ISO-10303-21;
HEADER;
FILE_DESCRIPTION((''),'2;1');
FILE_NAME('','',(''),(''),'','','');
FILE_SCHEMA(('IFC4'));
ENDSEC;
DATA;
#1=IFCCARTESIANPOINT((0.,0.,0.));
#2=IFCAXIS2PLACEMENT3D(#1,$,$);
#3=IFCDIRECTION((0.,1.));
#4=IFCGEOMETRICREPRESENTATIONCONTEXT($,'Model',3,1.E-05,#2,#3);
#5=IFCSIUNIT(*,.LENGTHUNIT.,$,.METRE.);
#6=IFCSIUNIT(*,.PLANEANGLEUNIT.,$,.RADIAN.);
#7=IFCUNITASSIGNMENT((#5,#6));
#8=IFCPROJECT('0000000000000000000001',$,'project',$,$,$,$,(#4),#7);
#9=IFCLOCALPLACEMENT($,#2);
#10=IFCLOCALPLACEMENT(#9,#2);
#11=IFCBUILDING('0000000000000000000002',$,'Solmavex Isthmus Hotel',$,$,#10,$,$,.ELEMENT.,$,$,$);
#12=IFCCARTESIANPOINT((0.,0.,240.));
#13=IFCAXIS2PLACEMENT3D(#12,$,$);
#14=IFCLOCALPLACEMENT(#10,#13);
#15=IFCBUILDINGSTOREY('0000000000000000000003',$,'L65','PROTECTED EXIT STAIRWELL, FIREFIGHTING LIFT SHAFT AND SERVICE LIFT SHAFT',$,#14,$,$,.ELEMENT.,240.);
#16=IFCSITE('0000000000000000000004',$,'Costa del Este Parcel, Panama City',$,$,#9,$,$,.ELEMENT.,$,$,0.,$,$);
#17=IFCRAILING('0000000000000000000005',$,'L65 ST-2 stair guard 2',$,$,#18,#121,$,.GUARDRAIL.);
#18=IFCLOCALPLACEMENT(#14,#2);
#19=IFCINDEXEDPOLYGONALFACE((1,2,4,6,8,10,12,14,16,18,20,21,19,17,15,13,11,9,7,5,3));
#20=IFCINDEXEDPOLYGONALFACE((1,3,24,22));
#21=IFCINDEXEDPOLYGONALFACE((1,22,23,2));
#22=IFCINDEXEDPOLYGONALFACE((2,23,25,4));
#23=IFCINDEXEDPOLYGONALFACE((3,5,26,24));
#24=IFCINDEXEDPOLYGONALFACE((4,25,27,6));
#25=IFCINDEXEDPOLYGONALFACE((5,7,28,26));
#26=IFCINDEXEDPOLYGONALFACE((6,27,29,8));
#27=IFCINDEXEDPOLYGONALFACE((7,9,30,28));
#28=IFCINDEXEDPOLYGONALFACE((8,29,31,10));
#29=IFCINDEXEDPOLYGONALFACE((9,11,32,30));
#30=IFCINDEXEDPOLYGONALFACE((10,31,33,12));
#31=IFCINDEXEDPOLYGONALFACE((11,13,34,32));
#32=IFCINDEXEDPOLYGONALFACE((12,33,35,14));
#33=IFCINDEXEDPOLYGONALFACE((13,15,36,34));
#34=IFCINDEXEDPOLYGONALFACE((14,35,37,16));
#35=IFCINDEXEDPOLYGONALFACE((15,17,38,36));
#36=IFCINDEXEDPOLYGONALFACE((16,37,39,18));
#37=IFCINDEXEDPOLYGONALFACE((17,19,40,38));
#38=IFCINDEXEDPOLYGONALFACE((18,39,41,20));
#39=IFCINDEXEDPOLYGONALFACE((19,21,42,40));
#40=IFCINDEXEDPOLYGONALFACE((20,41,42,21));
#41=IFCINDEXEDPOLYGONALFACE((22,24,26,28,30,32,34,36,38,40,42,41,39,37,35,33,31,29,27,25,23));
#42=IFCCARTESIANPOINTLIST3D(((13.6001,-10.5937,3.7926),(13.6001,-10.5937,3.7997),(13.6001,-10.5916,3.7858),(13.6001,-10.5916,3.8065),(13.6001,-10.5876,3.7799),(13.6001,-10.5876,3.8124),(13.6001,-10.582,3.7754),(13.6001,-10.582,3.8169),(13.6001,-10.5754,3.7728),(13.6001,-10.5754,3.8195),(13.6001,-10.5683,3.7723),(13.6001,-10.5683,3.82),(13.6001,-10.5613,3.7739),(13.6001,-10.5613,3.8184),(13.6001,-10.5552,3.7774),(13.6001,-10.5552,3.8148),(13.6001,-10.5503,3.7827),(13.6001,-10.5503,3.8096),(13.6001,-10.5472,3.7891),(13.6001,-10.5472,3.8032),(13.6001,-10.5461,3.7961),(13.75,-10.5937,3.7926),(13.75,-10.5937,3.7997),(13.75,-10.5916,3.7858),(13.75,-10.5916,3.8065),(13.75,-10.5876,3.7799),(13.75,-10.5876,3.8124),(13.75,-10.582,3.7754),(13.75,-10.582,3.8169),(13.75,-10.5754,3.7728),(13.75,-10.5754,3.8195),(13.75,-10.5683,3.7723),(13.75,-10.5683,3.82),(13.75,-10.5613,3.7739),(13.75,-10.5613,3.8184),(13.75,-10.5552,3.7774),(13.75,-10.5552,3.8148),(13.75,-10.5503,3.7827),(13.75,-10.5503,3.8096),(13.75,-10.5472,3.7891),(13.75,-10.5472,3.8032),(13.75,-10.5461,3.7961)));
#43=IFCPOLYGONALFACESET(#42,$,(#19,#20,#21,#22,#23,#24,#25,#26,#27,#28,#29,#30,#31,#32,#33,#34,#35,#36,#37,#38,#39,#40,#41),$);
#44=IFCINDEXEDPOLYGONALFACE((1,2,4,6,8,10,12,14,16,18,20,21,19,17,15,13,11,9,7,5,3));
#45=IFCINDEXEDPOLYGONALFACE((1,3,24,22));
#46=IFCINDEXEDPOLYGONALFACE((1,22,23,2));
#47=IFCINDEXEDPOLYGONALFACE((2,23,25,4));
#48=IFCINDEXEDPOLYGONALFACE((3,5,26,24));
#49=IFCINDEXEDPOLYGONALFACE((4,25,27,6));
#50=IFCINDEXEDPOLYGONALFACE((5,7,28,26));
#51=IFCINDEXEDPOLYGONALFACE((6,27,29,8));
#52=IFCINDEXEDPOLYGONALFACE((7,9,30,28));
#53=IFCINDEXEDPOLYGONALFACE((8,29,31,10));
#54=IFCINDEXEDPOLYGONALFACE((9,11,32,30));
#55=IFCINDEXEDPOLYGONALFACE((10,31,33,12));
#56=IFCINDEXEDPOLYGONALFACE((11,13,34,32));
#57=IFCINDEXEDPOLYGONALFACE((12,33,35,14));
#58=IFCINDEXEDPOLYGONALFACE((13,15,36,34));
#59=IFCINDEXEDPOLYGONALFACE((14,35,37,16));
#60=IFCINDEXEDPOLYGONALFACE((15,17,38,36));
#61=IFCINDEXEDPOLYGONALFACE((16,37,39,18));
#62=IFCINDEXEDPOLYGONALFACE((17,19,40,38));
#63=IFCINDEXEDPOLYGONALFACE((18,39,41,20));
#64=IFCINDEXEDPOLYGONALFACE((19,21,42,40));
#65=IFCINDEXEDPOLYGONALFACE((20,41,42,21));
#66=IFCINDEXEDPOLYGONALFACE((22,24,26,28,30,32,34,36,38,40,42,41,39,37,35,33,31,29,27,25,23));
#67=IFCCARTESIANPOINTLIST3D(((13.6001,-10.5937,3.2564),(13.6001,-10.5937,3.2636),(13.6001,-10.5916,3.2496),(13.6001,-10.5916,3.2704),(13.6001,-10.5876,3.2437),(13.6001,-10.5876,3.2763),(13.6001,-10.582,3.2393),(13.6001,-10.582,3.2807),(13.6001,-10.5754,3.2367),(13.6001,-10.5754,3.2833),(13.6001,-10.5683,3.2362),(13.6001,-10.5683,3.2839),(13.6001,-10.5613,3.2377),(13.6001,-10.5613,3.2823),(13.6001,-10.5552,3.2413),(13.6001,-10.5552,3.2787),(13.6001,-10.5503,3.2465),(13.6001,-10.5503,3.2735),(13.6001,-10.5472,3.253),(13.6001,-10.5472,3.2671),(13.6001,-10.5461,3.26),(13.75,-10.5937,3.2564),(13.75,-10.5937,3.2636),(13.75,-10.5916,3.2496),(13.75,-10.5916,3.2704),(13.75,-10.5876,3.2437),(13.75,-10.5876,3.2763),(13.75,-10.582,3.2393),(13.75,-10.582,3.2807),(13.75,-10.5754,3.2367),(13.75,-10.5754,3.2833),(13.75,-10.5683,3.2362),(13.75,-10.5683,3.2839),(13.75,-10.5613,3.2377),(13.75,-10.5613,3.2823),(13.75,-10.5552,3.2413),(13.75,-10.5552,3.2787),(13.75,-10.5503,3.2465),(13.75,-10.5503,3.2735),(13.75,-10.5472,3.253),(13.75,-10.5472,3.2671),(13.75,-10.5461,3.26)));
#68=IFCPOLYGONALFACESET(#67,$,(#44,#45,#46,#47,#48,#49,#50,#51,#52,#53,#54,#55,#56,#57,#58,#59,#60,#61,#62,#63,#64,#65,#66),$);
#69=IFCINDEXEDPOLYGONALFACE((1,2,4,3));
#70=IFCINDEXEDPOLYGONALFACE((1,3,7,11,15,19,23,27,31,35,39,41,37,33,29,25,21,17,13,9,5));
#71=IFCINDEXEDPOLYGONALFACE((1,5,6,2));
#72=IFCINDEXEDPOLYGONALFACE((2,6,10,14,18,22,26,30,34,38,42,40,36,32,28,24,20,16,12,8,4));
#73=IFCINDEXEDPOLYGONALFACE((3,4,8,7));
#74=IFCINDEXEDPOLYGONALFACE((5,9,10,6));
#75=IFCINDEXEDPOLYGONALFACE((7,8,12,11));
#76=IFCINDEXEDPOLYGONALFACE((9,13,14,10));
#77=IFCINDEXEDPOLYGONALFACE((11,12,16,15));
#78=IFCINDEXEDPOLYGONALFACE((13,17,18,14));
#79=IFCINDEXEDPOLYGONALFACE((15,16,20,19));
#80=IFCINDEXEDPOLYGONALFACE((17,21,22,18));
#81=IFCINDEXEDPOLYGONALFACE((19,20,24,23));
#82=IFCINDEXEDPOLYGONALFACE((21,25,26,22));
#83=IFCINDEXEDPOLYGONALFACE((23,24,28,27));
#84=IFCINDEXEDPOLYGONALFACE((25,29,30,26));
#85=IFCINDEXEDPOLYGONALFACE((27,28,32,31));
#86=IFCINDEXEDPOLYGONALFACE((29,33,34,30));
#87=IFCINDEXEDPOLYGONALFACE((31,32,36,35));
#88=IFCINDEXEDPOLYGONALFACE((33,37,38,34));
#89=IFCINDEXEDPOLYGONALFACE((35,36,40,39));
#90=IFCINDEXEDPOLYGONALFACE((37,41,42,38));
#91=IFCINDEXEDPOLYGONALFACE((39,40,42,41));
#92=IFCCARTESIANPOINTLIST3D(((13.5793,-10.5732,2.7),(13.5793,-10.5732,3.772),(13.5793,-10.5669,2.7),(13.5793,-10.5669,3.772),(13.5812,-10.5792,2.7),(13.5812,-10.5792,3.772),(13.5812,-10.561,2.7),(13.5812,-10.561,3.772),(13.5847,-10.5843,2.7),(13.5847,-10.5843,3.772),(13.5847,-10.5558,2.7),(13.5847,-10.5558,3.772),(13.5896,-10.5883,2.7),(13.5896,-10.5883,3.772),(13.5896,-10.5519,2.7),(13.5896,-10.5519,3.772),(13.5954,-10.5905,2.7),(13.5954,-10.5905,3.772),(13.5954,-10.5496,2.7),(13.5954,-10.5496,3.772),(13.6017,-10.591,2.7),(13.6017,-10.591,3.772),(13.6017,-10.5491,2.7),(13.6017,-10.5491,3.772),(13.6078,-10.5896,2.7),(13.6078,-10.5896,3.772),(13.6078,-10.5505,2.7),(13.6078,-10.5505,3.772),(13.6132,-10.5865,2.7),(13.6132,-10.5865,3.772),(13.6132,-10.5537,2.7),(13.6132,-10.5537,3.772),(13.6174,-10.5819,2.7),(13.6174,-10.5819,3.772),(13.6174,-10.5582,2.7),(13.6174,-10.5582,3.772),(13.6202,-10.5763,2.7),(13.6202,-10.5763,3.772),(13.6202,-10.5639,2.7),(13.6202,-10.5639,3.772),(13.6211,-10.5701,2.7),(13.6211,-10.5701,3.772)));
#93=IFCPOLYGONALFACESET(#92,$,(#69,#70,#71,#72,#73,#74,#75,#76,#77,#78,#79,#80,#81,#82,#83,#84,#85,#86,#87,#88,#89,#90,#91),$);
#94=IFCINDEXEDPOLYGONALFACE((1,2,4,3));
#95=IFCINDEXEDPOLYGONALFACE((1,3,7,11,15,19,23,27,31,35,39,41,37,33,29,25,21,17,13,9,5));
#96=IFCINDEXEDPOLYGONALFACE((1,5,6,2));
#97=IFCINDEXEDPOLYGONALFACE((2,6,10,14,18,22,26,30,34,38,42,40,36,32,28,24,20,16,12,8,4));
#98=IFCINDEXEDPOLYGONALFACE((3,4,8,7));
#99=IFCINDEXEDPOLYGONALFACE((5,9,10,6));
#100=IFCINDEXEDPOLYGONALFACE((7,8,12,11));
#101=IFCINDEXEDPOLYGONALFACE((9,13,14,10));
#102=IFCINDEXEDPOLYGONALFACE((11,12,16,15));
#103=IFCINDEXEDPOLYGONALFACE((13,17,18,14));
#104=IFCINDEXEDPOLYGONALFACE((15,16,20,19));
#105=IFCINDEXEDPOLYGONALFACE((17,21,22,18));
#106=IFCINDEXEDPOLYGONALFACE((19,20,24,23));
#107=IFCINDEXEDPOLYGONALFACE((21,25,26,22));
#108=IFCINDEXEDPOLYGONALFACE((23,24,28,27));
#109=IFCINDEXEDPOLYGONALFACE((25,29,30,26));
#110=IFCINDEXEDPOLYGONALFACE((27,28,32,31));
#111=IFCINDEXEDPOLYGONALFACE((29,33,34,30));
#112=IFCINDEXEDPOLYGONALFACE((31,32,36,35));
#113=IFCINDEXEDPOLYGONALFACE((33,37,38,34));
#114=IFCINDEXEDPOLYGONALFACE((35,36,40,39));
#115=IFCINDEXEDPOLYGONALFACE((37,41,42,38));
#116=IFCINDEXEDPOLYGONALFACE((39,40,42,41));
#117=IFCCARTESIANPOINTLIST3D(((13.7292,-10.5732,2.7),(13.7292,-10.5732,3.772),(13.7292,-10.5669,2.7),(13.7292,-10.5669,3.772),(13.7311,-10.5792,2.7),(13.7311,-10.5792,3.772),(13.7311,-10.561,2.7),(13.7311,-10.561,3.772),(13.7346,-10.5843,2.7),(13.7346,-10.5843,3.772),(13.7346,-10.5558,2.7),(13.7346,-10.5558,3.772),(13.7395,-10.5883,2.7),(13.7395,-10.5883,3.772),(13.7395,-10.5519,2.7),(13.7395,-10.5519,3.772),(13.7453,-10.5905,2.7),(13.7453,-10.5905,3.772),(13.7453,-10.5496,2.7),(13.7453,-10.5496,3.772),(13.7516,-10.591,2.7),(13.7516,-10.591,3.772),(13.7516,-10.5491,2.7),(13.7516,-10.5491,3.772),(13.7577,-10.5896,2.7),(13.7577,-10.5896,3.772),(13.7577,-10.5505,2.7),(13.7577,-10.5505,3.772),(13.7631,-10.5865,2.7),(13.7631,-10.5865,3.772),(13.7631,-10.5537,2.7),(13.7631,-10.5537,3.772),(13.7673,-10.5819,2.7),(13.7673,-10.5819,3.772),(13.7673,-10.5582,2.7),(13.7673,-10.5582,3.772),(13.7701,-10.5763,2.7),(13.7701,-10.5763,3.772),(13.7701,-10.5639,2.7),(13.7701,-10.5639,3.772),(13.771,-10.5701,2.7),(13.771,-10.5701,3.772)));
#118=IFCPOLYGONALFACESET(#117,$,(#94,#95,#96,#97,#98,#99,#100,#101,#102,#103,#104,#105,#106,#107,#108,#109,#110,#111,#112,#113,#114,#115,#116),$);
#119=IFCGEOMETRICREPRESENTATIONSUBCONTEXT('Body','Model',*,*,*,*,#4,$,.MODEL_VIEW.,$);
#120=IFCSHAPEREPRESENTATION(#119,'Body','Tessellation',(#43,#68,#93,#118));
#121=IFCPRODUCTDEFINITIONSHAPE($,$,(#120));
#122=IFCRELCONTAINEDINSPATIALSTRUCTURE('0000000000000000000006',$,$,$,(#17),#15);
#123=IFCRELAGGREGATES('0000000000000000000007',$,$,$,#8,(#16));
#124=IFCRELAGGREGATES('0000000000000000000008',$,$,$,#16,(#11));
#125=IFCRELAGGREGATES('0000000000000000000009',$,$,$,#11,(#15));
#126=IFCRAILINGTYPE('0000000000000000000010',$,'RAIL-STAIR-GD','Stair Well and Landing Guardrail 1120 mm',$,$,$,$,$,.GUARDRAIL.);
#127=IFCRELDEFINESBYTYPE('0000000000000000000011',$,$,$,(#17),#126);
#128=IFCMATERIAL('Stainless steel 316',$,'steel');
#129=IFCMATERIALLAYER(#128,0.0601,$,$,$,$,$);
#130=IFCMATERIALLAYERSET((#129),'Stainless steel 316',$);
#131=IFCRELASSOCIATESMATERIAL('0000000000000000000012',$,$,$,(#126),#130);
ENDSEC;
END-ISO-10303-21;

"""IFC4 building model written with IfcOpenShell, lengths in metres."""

from ifc_helpers import new_model, si_unit, direction, frame, origin, origin_2d, place, context, subcontext, project, spatial, circle, extrude, material, layer, layer_set, type_object, element, save


model = new_model("IFC4")

# Units and contexts
model_context = context("Model", 3, precision=1e-05, world=origin(), true_north=direction((0.0, 1.0)))
body_context = subcontext(model_context, "Body", "Model", "MODEL_VIEW")
ifc_project = project(units=[si_unit("LENGTHUNIT", "METRE"), si_unit("PLANEANGLEUNIT", "RADIAN")], contexts=[model_context])

# Site, building, storey
site_placement = place(None, origin())
site = spatial("IfcSite", under=ifc_project, at=site_placement, Name="Costa del Este Parcel, Panama City", CompositionType="ELEMENT", RefElevation=0.0)
building_placement = place(site_placement, origin())
building = spatial("IfcBuilding", under=site, at=building_placement, Name="Solmavex Isthmus Hotel", CompositionType="ELEMENT")
storey_placement = place(building_placement, frame((0.0, 0.0, 240.0)))
storey = spatial("IfcBuildingStorey", under=building, at=storey_placement, Name="L65", Description="PROTECTED EXIT STAIRWELL, FIREFIGHTING LIFT SHAFT AND SERVICE LIFT SHAFT", CompositionType="ELEMENT", Elevation=240.0)

# Railing
ifc_material_1 = material(Name="Stainless steel 316", Category="steel")
ifc_layer_1 = layer(ifc_material_1, 0.0601)
ifc_layer_set_1 = layer_set([ifc_layer_1], Name="Stainless steel 316")
railing_type_1 = type_object("IfcRailingType", Name="RAIL-STAIR-GD", Description="Stair Well and Landing Guardrail 1120 mm", PredefinedType="GUARDRAIL", material=ifc_layer_set_1)
railing_1_placement = place(storey_placement, frame((13.6001, -10.5701, 2.7)))
element("IfcRailing", 1, at=railing_1_placement, inside=storey, type_object=railing_type_1, Name="L65 ST-2 stair guard 2", PredefinedType="GUARDRAIL", context=body_context, shape_type="SweptSolid", body=[
    extrude(circle(Radius=0.0239, at=origin_2d()), frame((0.0, 0.0, 1.0962), z_axis=(1.0, 0.0, 0.0), x_axis=(0.0, 1.0, 0.0)), (0.0, 0.0, 1.0), 0.1499),
    extrude(circle(Radius=0.0239, at=origin_2d()), frame((0.0, 0.0, 0.5601), z_axis=(1.0, 0.0, 0.0), x_axis=(0.0, 1.0, 0.0)), (0.0, 0.0, 1.0), 0.1499),
    extrude(circle(Radius=0.021, at=origin_2d()), origin(), (0.0, 0.0, 1.0), 1.072),
    extrude(circle(Radius=0.021, at=origin_2d()), frame((0.1499, 0.0, 0.0)), (0.0, 0.0, 1.0), 1.072),
])

save(model, "model.ifc")
